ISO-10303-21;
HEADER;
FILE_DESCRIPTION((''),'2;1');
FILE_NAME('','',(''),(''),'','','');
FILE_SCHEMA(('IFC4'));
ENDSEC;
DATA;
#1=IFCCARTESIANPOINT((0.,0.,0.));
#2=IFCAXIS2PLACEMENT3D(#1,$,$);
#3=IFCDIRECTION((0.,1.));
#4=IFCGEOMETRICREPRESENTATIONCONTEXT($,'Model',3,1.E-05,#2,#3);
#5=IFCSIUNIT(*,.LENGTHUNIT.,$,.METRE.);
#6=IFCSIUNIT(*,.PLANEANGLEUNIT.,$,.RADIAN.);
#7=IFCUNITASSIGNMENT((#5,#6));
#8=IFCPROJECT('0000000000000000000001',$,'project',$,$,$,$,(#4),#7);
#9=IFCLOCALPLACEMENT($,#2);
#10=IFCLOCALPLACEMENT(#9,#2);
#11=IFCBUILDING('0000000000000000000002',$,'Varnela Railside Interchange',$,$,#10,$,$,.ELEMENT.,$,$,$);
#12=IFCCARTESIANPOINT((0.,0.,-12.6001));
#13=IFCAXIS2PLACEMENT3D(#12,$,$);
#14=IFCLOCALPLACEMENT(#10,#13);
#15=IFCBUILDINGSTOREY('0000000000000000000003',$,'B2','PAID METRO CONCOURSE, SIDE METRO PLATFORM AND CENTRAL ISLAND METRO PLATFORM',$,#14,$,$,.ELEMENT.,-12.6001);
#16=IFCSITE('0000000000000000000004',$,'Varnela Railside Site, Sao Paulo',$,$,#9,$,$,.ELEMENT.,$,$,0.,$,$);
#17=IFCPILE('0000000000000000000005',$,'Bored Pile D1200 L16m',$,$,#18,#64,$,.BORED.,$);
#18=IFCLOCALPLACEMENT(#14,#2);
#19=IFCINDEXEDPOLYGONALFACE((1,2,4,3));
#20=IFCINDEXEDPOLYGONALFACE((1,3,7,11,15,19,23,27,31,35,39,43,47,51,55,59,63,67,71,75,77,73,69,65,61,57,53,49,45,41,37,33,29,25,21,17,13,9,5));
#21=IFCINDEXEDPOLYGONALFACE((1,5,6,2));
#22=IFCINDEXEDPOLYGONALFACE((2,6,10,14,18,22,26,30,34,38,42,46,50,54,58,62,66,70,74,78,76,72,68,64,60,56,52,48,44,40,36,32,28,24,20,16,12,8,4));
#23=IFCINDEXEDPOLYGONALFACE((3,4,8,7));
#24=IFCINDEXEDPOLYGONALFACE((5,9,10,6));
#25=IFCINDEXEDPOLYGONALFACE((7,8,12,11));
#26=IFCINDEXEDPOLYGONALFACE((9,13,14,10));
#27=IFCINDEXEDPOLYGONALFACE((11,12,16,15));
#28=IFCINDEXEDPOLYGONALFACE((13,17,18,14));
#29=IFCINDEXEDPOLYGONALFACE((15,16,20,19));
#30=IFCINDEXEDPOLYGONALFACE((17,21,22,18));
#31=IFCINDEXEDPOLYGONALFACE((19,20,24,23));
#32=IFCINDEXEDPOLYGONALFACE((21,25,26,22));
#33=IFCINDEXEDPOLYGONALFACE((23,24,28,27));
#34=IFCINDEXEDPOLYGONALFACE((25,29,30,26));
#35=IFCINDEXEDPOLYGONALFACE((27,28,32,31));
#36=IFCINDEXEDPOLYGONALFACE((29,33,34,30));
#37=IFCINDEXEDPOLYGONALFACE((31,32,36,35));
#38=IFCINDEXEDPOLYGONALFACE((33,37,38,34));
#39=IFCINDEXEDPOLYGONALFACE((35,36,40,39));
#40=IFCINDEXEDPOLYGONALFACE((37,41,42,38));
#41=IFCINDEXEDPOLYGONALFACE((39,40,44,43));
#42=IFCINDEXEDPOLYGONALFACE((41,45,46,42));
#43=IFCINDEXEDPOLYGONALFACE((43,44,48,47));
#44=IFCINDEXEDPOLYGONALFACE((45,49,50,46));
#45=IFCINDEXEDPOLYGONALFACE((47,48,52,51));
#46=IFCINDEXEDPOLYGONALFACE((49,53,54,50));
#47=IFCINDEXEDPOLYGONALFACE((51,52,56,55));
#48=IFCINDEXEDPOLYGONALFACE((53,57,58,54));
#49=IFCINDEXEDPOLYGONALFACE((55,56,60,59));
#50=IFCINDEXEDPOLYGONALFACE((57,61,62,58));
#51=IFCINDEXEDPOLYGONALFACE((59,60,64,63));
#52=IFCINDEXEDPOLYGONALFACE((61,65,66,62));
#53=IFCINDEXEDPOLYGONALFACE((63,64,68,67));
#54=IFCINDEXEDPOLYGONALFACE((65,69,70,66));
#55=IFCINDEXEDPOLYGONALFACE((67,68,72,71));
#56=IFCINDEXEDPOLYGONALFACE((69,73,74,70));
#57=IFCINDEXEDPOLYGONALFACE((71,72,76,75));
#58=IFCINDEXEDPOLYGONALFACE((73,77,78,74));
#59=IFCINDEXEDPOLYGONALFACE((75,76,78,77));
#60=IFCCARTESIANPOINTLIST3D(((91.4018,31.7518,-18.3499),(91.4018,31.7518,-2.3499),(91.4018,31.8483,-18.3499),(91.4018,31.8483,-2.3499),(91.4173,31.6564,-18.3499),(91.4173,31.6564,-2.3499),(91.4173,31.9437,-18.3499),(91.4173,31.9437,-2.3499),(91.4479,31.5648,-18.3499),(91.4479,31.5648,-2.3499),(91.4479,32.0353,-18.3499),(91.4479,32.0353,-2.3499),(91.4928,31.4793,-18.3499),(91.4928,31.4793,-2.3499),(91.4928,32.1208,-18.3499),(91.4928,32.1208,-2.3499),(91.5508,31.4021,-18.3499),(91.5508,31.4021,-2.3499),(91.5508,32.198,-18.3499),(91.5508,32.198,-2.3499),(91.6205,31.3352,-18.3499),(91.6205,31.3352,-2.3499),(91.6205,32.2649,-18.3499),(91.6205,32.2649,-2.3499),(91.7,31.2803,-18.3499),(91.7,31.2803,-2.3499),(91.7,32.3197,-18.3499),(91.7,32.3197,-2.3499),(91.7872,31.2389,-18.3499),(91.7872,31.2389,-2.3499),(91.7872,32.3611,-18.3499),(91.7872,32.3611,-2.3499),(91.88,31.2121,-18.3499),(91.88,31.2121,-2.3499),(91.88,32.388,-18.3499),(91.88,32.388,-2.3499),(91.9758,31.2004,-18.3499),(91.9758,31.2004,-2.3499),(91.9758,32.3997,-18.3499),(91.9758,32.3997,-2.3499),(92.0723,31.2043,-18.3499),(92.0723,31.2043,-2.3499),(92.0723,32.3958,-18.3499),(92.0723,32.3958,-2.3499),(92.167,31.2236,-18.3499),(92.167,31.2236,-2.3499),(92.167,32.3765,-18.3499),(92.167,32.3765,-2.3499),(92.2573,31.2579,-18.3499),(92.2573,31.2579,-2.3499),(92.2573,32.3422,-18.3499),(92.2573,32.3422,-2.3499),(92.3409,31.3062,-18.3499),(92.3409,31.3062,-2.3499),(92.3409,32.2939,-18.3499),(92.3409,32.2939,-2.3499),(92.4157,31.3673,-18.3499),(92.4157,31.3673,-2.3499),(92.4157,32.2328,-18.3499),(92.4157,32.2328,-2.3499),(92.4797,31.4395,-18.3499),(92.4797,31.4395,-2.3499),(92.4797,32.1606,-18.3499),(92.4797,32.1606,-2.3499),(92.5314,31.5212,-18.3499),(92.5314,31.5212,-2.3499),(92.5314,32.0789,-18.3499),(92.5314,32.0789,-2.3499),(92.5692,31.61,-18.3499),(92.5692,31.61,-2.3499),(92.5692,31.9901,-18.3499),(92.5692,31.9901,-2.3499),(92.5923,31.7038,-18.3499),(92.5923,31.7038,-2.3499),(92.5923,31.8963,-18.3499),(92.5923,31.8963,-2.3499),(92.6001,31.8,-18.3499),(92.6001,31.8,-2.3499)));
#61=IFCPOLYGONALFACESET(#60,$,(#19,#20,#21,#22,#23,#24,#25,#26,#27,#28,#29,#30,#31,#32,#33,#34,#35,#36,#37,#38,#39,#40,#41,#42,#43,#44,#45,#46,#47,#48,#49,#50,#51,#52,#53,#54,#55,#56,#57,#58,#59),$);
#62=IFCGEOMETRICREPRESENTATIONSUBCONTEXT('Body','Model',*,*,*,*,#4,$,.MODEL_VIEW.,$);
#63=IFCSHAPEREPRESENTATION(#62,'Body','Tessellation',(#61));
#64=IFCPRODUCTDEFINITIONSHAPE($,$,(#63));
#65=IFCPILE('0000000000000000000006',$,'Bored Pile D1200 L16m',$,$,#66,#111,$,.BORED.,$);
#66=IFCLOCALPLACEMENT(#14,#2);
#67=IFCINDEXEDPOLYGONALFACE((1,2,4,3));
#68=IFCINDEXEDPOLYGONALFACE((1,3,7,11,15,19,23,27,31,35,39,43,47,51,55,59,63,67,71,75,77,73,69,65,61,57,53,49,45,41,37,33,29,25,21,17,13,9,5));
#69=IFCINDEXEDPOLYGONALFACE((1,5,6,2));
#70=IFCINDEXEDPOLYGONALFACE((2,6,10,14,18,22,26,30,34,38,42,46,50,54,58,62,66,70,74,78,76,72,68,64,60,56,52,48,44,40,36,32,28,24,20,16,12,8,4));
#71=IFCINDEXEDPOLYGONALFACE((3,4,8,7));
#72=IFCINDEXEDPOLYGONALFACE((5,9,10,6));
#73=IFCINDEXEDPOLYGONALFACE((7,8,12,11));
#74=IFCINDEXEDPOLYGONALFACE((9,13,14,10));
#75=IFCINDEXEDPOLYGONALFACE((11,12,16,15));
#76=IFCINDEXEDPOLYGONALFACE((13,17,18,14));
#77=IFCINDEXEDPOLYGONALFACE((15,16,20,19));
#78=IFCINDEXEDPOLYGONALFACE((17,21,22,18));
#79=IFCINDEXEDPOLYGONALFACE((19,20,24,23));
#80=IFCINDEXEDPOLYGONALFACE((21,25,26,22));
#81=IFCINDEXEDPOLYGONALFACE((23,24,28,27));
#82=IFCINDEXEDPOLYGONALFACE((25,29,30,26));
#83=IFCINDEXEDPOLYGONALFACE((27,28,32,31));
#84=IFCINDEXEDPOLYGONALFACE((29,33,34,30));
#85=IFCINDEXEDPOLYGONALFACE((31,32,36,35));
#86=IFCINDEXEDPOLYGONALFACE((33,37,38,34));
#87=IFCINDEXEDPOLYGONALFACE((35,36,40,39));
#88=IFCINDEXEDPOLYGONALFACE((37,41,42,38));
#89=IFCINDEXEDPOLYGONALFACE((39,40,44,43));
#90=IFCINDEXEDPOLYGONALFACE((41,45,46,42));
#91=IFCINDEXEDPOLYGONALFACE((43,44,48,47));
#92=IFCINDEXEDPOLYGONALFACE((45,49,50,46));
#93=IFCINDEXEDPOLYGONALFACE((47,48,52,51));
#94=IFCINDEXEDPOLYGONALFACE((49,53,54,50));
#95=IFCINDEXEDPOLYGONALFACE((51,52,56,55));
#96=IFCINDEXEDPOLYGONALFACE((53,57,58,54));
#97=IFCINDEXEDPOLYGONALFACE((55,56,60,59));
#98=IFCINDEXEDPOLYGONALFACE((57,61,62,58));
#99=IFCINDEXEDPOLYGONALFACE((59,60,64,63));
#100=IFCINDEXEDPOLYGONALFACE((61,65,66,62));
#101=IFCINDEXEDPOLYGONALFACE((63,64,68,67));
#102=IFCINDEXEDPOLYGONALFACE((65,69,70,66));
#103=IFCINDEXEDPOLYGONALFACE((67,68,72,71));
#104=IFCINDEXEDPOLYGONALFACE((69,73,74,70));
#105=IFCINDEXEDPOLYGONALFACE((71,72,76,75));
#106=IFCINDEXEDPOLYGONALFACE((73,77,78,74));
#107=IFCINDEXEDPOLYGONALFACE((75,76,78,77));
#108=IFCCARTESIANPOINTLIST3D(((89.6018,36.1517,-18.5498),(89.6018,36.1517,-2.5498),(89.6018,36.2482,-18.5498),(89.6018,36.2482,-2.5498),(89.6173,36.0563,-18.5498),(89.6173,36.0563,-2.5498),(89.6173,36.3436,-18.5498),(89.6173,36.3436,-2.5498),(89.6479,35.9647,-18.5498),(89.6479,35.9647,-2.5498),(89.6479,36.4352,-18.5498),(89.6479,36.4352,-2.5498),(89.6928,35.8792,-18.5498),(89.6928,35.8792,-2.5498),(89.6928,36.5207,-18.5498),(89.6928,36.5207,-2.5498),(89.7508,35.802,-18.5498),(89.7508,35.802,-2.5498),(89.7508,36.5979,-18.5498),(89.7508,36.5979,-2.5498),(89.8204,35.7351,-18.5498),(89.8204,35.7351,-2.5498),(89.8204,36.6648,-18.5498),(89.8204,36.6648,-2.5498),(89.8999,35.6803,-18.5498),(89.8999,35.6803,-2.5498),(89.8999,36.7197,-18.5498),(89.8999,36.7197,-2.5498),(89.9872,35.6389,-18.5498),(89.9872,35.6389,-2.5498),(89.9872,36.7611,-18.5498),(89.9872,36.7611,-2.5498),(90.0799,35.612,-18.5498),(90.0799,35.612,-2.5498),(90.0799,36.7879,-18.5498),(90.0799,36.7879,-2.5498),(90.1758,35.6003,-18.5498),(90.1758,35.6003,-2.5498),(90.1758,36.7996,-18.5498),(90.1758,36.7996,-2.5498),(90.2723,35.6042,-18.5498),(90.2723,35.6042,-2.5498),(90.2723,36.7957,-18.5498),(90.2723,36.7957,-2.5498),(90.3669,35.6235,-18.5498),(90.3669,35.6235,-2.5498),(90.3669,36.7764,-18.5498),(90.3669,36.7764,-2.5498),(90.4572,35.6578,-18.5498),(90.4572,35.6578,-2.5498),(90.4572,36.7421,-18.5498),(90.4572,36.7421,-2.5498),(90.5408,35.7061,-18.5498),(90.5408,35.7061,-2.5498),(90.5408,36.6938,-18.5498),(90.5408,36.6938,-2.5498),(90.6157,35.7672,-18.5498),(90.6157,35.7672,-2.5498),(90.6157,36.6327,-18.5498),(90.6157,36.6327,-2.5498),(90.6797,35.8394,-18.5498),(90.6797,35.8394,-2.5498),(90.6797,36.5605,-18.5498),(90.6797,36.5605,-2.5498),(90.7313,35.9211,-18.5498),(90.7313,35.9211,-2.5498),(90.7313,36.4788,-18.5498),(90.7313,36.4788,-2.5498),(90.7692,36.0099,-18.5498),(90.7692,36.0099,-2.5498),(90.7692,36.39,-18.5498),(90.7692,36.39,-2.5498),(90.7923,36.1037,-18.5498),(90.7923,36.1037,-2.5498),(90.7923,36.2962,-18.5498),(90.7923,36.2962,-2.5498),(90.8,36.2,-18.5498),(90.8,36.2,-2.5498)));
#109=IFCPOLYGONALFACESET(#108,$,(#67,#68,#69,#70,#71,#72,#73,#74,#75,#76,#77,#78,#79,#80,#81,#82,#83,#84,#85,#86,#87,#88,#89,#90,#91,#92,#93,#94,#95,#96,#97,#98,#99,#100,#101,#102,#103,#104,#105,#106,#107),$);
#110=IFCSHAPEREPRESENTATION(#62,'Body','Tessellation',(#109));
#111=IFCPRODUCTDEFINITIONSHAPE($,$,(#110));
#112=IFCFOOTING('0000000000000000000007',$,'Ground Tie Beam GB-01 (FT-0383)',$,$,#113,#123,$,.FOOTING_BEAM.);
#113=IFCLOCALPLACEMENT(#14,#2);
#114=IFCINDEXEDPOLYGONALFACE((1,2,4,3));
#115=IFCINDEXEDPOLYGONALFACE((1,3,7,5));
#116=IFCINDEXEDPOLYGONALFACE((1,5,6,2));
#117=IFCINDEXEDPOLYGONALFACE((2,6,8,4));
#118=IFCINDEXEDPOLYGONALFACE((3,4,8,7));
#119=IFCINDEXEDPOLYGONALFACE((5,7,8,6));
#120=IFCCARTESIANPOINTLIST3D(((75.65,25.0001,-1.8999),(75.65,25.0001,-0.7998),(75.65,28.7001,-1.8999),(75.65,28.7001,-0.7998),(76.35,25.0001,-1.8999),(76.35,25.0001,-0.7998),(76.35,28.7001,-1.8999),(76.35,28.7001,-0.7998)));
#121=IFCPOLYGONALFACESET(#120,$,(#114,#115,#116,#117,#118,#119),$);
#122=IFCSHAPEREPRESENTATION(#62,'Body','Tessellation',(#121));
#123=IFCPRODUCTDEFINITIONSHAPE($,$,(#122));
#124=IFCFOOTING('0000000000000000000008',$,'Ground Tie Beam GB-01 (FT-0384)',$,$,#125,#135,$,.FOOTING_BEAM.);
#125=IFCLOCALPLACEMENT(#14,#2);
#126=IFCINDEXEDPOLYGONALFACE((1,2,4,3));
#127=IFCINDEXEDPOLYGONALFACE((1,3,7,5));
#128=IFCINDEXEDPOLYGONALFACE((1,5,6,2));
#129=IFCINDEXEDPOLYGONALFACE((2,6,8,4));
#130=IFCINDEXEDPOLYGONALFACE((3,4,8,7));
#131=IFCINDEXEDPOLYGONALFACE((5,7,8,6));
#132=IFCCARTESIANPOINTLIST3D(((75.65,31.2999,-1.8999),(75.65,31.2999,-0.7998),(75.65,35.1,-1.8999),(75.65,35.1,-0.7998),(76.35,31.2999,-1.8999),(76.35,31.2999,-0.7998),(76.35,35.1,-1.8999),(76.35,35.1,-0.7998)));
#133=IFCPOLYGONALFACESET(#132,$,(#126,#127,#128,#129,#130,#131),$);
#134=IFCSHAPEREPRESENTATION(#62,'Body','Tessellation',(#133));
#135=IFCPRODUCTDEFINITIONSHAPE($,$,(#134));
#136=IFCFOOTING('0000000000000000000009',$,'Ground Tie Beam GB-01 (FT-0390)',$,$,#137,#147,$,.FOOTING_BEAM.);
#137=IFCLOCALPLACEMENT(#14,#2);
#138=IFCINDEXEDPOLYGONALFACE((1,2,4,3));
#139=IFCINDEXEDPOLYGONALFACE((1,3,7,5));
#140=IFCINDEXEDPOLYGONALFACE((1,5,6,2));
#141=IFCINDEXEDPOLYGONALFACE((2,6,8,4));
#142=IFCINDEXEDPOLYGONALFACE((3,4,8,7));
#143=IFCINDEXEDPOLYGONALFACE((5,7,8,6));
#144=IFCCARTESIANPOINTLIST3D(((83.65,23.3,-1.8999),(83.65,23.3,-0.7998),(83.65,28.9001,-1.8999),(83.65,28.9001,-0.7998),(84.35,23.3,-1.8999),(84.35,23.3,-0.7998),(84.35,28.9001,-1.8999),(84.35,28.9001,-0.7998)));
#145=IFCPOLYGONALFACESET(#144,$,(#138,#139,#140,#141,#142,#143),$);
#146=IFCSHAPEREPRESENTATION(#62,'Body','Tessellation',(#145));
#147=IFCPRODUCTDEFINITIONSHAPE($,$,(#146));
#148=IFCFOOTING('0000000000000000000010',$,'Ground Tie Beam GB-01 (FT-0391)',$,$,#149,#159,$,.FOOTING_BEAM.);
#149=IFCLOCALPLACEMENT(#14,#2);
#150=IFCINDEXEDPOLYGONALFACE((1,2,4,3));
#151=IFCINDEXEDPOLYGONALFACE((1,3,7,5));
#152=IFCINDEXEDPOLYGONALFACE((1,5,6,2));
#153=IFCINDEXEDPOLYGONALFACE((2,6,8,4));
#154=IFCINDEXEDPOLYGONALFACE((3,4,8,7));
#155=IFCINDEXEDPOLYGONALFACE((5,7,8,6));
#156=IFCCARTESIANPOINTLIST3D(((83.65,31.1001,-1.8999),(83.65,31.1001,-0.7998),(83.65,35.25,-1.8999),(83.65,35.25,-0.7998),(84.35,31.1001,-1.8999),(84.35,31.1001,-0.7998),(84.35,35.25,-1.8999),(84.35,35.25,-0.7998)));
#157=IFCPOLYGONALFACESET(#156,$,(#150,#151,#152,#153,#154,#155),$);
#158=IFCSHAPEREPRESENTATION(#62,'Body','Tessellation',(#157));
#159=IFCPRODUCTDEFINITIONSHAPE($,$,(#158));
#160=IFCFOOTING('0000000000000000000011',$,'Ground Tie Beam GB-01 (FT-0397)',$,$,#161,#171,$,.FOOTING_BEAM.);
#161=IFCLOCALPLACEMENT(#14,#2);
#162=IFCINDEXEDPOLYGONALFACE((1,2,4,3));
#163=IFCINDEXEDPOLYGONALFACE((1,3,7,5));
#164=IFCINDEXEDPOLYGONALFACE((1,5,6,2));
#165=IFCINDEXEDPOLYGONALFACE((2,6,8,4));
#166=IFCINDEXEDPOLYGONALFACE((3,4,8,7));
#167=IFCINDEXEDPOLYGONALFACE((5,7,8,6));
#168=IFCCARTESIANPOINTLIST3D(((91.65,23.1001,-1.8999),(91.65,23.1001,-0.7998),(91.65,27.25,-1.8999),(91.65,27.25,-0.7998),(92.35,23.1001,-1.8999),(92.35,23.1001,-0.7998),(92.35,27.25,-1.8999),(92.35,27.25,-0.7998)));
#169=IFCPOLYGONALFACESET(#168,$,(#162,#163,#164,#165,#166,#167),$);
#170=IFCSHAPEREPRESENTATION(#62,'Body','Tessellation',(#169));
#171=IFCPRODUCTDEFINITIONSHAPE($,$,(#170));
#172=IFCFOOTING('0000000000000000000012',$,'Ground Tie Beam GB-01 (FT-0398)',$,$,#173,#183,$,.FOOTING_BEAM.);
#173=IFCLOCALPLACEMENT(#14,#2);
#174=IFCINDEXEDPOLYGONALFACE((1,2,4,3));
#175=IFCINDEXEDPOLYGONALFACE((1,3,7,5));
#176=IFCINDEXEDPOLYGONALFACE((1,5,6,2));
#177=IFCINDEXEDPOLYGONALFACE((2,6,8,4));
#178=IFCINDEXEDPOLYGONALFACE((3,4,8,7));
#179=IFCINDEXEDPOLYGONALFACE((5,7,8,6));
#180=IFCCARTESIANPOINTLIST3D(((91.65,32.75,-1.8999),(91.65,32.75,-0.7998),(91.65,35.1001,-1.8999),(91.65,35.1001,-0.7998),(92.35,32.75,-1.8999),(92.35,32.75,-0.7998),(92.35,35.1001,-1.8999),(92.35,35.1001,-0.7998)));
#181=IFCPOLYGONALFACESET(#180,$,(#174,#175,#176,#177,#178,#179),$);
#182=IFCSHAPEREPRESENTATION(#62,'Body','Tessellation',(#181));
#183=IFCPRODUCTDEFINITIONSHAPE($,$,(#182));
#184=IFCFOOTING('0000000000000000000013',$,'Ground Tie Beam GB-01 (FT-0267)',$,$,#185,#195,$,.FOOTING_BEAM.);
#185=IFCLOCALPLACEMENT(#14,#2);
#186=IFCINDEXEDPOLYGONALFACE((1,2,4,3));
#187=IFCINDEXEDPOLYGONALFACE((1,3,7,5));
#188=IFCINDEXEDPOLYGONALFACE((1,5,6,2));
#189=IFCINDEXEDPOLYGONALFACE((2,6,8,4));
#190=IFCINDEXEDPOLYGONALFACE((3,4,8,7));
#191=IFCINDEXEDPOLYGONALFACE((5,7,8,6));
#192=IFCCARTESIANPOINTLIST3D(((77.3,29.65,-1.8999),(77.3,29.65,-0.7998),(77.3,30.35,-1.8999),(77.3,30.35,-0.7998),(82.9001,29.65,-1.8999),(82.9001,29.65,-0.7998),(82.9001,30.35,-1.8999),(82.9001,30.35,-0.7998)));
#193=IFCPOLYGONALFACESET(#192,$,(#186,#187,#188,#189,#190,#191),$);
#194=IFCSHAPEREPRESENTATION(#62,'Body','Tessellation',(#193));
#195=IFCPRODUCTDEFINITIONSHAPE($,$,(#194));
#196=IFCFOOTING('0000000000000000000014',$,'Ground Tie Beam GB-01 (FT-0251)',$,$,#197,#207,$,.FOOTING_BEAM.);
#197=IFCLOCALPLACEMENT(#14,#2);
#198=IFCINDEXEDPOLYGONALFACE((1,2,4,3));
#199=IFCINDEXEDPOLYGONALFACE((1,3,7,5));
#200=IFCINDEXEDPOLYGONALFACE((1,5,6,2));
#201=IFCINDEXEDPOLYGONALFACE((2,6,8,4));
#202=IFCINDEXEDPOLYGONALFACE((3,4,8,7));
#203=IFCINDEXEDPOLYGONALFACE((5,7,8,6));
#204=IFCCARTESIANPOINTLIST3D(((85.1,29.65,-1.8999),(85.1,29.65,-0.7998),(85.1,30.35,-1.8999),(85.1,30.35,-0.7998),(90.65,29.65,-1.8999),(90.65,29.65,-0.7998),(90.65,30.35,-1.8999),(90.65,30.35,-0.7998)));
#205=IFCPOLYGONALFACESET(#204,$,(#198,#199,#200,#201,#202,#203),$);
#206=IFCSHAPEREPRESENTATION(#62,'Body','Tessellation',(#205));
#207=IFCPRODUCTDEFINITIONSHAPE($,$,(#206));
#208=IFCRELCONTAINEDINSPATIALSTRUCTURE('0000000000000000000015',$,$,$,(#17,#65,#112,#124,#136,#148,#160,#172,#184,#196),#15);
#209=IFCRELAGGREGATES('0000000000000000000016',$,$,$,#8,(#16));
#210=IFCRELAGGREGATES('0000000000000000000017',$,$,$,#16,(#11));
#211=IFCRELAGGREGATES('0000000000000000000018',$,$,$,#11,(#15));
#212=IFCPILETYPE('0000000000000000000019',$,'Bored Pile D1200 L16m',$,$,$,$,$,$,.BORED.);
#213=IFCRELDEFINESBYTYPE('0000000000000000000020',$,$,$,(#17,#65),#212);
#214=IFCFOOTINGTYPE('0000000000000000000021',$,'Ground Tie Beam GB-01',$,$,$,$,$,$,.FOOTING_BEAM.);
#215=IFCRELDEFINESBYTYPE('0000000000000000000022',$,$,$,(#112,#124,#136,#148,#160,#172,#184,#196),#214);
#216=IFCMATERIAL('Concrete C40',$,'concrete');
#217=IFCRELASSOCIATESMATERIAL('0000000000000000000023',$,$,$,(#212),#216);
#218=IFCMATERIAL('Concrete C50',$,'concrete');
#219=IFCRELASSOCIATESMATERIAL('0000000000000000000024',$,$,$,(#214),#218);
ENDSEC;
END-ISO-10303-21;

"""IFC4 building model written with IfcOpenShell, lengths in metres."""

from ifc_helpers import new_model, si_unit, direction, frame, origin, origin_2d, place, context, subcontext, project, spatial, rectangle, circle, extrude, material, material_profile, profile_set, type_object, element, save


model = new_model("IFC4")

# Units and contexts
model_context = context("Model", 3, precision=1e-05, world=origin(), true_north=direction((0.0, 1.0)))
body_context = subcontext(model_context, "Body", "Model", "MODEL_VIEW")
ifc_project = project(units=[si_unit("LENGTHUNIT", "METRE"), si_unit("PLANEANGLEUNIT", "RADIAN")], contexts=[model_context])

# Site, building, storey
site_placement = place(None, origin())
site = spatial("IfcSite", under=ifc_project, at=site_placement, Name="Varnela Railside Site, Sao Paulo", CompositionType="ELEMENT", RefElevation=0.0)
building_placement = place(site_placement, origin())
building = spatial("IfcBuilding", under=site, at=building_placement, Name="Varnela Railside Interchange", CompositionType="ELEMENT")
storey_placement = place(building_placement, frame((0.0, 0.0, -12.6001)))
storey = spatial("IfcBuildingStorey", under=building, at=storey_placement, Name="B2", Description="PAID METRO CONCOURSE, SIDE METRO PLATFORM AND CENTRAL ISLAND METRO PLATFORM", CompositionType="ELEMENT", Elevation=-12.6001)

# Piles
ifc_material_1 = material(Name="Concrete C40", Category="concrete")
ifc_material_profile_1 = material_profile(ifc_material_1, circle(Radius=0.6001, at=origin_2d()), Name="BORED PILE D1200")
ifc_profile_set_1 = profile_set([ifc_material_profile_1], Name="Concrete C40")
pile_type_1 = type_object("IfcPileType", Name="Bored Pile D1200 L16m", PredefinedType="BORED", material=ifc_profile_set_1)
for number, where, z_axis, x_axis, name in (
    (1, (92.0, 31.8, -2.3499), (0.0, 0.0, -1.0), (1.0, 0.0, 0.0), "Bored Pile D1200 L16m"),
    (2, (90.2, 36.2, -2.5498), (0.0, 0.0, -1.0), (1.0, 0.0, 0.0), "Bored Pile D1200 L16m"),
):
    element("IfcPile", number, at=place(storey_placement, frame(where, z_axis=z_axis, x_axis=x_axis)), inside=storey, type_object=pile_type_1, Name=name, PredefinedType="BORED", context=body_context, shape_type="SweptSolid", body=[
        extrude(circle(Radius=0.6001, at=origin_2d()), origin(), (0.0, 0.0, 1.0), 16.0),
    ])

# Footings
ifc_material_2 = material(Name="Concrete C50", Category="concrete")
footing_type_1 = type_object("IfcFootingType", Name="Ground Tie Beam GB-01", PredefinedType="FOOTING_BEAM", material=ifc_material_2)
footing_1_placement = place(storey_placement, frame((76.0, 26.8501, -1.8999), z_axis=(0.0, 0.0, 1.0), x_axis=(1.0, 0.0, 0.0)))
element("IfcFooting", 3, at=footing_1_placement, inside=storey, type_object=footing_type_1, Name="Ground Tie Beam GB-01 (FT-0383)", PredefinedType="FOOTING_BEAM", context=body_context, shape_type="SweptSolid", body=[
    extrude(rectangle(XDim=0.7, YDim=3.7, at=origin_2d()), origin(), (0.0, 0.0, 1.0), 1.1001),
])
footing_2_placement = place(storey_placement, frame((76.0, 33.2, -1.8999), z_axis=(0.0, 0.0, 1.0), x_axis=(1.0, 0.0, 0.0)))
element("IfcFooting", 4, at=footing_2_placement, inside=storey, type_object=footing_type_1, Name="Ground Tie Beam GB-01 (FT-0384)", PredefinedType="FOOTING_BEAM", context=body_context, shape_type="SweptSolid", body=[
    extrude(rectangle(XDim=0.7, YDim=3.8, at=origin_2d()), origin(), (0.0, 0.0, 1.0), 1.1001),
])
footing_3_placement = place(storey_placement, frame((84.0, 26.1001, -1.8999), z_axis=(0.0, 0.0, 1.0), x_axis=(1.0, 0.0, 0.0)))
element("IfcFooting", 5, at=footing_3_placement, inside=storey, type_object=footing_type_1, Name="Ground Tie Beam GB-01 (FT-0390)", PredefinedType="FOOTING_BEAM", context=body_context, shape_type="SweptSolid", body=[
    extrude(rectangle(XDim=0.7, YDim=5.6001, at=origin_2d()), origin(), (0.0, 0.0, 1.0), 1.1001),
])
for number, where, z_axis, x_axis, name in (
    (6, (84.0, 33.175, -1.8999), (0.0, 0.0, 1.0), (1.0, 0.0, 0.0), "Ground Tie Beam GB-01 (FT-0391)"),
    (7, (92.0, 25.175, -1.8999), (0.0, 0.0, 1.0), (1.0, 0.0, 0.0), "Ground Tie Beam GB-01 (FT-0397)"),
):
    element("IfcFooting", number, at=place(storey_placement, frame(where, z_axis=z_axis, x_axis=x_axis)), inside=storey, type_object=footing_type_1, Name=name, PredefinedType="FOOTING_BEAM", context=body_context, shape_type="SweptSolid", body=[
        extrude(rectangle(XDim=0.7, YDim=4.1499, at=origin_2d()), origin(), (0.0, 0.0, 1.0), 1.1001),
    ])
footing_4_placement = place(storey_placement, frame((92.0, 33.925, -1.8999), z_axis=(0.0, 0.0, 1.0), x_axis=(1.0, 0.0, 0.0)))
element("IfcFooting", 8, at=footing_4_placement, inside=storey, type_object=footing_type_1, Name="Ground Tie Beam GB-01 (FT-0398)", PredefinedType="FOOTING_BEAM", context=body_context, shape_type="SweptSolid", body=[
    extrude(rectangle(XDim=0.7, YDim=2.3501, at=origin_2d()), origin(), (0.0, 0.0, 1.0), 1.1001),
])
footing_5_placement = place(storey_placement, frame((80.1001, 30.0, -1.8999), z_axis=(0.0, 0.0, 1.0), x_axis=(1.0, 0.0, 0.0)))
element("IfcFooting", 9, at=footing_5_placement, inside=storey, type_object=footing_type_1, Name="Ground Tie Beam GB-01 (FT-0267)", PredefinedType="FOOTING_BEAM", context=body_context, shape_type="SweptSolid", body=[
    extrude(rectangle(XDim=5.6001, YDim=0.7, at=origin_2d()), origin(), (0.0, 0.0, 1.0), 1.1001),
])
footing_6_placement = place(storey_placement, frame((87.875, 30.0, -1.8999), z_axis=(0.0, 0.0, 1.0), x_axis=(1.0, 0.0, 0.0)))
element("IfcFooting", 10, at=footing_6_placement, inside=storey, type_object=footing_type_1, Name="Ground Tie Beam GB-01 (FT-0251)", PredefinedType="FOOTING_BEAM", context=body_context, shape_type="SweptSolid", body=[
    extrude(rectangle(XDim=5.55, YDim=0.7, at=origin_2d()), origin(), (0.0, 0.0, 1.0), 1.1001),
])

save(model, "model.ifc")
